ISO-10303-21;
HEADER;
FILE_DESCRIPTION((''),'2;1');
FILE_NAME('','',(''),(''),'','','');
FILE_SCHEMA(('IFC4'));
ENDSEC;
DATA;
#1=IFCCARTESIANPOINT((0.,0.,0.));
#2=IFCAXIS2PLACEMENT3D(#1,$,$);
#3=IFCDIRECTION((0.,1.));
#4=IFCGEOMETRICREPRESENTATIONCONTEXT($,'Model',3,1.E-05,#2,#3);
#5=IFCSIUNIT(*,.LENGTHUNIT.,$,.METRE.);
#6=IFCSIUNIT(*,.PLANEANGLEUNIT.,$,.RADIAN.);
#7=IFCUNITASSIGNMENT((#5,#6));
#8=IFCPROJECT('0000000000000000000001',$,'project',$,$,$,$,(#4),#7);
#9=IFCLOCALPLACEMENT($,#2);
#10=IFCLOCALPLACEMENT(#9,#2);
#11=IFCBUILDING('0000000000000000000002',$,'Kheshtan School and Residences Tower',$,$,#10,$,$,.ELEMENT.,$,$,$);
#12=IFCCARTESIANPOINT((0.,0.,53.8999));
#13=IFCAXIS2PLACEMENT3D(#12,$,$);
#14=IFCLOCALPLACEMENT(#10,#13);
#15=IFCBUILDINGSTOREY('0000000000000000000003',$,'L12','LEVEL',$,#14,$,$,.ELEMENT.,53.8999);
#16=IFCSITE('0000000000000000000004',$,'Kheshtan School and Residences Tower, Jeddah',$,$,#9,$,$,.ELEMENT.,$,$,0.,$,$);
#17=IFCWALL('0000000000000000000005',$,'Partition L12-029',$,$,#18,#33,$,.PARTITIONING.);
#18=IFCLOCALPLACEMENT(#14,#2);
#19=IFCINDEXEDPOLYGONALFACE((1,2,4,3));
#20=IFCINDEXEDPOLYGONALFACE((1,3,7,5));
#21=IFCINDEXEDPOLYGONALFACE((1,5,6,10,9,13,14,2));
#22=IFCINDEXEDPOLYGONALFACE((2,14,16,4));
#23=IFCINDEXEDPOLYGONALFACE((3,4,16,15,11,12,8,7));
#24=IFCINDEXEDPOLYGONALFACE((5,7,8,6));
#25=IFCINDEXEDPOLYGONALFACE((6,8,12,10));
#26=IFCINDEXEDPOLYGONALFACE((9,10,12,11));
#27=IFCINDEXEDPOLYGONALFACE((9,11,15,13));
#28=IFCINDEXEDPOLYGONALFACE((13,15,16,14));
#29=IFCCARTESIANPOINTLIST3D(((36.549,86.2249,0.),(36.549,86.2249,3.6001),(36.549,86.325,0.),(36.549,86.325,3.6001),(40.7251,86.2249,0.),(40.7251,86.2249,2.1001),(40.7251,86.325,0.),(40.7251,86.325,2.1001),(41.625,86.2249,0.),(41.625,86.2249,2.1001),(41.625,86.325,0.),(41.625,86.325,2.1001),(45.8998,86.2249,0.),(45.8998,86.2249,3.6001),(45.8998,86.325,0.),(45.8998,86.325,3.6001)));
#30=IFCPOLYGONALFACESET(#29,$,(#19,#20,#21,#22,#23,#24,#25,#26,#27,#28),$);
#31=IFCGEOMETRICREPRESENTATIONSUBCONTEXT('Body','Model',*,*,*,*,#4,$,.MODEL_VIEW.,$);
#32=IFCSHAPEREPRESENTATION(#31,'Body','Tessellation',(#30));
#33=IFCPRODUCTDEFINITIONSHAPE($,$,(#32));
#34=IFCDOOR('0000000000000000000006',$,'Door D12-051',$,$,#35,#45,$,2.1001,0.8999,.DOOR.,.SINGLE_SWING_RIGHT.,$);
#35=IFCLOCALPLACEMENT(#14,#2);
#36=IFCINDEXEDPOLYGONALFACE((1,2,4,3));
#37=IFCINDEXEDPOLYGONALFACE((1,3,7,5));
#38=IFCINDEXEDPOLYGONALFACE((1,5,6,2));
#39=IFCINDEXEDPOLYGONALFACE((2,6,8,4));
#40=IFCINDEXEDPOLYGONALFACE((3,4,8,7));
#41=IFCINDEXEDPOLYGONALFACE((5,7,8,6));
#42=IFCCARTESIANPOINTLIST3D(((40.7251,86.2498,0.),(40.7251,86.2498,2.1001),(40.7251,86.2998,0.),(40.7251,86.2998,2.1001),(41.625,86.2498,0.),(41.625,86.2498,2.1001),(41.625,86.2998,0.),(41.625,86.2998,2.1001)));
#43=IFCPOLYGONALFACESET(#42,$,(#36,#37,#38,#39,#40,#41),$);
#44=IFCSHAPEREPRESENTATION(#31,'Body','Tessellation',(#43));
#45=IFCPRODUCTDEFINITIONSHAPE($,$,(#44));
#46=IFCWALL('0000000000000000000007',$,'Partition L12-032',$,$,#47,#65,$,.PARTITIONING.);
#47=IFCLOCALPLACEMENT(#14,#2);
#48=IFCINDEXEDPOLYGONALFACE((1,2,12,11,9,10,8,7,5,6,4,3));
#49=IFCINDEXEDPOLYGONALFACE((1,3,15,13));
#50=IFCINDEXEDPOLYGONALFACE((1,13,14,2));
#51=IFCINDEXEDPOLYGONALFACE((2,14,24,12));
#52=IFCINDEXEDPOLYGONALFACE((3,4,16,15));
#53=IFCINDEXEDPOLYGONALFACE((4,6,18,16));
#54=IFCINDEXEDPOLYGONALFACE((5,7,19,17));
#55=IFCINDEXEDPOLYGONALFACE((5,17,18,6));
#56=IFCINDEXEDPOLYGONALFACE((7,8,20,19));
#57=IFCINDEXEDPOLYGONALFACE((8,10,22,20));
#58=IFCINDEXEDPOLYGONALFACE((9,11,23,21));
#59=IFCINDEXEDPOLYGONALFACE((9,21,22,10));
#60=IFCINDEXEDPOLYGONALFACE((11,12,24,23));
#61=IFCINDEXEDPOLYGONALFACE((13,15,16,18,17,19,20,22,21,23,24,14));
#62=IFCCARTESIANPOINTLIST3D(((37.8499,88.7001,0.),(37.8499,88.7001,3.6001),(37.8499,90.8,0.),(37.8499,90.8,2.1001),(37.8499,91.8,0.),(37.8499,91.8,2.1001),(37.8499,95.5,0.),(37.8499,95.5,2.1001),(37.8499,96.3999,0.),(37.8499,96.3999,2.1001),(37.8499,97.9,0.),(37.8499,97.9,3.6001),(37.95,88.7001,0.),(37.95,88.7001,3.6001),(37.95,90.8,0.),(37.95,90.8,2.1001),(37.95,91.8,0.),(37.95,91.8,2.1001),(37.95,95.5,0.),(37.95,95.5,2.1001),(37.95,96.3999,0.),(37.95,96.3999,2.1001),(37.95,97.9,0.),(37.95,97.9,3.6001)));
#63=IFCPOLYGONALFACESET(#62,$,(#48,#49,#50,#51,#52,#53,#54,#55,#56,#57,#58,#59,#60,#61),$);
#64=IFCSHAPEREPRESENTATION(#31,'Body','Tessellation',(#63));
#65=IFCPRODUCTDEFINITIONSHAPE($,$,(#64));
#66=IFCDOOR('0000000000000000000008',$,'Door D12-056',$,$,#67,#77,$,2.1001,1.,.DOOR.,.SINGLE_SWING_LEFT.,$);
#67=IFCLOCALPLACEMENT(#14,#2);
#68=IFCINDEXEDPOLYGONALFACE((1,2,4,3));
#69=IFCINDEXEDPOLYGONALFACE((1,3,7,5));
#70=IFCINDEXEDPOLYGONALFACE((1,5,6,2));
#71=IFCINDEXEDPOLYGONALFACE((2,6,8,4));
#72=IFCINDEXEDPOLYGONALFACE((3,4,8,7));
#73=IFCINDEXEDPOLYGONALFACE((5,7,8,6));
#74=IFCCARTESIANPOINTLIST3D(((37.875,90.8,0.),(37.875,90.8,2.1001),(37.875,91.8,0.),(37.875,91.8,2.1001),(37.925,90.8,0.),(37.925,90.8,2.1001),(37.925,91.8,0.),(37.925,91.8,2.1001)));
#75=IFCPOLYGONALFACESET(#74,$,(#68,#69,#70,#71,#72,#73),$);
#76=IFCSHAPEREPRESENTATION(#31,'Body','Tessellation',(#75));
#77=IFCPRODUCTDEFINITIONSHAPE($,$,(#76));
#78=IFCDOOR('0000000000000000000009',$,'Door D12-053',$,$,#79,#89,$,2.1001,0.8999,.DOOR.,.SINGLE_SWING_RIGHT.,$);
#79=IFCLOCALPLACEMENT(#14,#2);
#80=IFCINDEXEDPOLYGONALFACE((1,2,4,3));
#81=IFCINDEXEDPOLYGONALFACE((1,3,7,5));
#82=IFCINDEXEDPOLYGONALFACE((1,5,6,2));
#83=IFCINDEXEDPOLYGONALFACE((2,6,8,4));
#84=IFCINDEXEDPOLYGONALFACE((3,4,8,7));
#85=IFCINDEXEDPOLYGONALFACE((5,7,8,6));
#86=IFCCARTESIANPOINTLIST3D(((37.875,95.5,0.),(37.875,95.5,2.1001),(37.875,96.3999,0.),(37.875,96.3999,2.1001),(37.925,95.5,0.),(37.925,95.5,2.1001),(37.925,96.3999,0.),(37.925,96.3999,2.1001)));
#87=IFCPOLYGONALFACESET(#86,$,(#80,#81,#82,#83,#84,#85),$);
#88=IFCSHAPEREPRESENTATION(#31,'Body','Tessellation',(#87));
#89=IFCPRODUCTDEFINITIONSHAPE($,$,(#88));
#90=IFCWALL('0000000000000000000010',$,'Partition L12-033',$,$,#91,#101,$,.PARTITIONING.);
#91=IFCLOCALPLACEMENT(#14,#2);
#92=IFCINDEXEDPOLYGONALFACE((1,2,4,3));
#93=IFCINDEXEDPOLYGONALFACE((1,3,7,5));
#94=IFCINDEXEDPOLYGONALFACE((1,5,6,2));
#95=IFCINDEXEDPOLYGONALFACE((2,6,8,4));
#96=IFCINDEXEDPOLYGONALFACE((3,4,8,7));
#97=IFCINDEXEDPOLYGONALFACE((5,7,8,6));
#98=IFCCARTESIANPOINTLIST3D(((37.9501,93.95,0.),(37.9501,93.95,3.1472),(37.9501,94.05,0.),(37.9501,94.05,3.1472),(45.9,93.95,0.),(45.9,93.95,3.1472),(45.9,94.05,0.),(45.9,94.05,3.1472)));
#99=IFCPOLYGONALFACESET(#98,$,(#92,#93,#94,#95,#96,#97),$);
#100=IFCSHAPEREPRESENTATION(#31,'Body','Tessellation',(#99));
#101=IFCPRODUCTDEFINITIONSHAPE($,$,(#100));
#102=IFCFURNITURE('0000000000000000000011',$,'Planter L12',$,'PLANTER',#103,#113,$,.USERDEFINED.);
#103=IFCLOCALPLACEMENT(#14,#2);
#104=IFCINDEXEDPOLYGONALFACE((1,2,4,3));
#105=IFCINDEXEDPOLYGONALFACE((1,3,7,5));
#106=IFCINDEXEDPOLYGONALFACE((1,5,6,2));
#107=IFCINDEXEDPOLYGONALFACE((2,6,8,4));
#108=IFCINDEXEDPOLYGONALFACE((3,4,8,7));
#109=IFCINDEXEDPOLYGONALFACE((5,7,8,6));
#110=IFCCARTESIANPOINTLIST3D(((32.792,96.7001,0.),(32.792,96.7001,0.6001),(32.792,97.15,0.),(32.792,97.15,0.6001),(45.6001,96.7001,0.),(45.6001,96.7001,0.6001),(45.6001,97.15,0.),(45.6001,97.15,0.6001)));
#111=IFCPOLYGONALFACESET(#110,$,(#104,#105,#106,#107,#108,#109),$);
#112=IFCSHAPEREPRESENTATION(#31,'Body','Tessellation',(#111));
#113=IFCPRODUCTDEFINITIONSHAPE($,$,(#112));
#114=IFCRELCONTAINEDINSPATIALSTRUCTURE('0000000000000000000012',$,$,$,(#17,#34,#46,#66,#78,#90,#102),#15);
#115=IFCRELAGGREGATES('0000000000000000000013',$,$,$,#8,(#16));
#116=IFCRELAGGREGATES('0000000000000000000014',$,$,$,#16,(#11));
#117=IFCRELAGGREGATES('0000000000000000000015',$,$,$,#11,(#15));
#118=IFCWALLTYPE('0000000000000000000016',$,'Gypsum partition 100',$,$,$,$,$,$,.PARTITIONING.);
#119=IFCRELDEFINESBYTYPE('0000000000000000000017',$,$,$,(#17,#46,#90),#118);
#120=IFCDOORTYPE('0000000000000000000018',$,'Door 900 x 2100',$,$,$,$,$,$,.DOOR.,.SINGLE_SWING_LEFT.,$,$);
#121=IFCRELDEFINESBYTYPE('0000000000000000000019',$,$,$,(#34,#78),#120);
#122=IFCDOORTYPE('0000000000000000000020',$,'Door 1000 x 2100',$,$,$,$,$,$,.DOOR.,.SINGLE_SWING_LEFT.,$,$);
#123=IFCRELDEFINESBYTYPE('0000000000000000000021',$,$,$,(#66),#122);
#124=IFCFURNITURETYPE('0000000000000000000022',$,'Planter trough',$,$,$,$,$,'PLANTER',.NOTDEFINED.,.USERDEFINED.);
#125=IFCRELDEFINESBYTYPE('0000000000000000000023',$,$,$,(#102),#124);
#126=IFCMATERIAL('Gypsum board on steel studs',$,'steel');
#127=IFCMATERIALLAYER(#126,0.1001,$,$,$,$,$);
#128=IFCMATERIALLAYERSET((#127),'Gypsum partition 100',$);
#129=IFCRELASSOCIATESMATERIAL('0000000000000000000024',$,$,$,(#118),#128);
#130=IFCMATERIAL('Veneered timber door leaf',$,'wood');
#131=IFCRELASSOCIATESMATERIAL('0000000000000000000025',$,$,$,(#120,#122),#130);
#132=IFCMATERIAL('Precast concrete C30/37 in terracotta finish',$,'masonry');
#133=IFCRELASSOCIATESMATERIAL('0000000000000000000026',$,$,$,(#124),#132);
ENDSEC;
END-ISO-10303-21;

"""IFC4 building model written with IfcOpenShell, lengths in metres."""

from ifc_helpers import new_model, si_unit, direction, frame, frame_2d, origin, origin_2d, place, context, subcontext, project, spatial, rectangle, extrude, source, transform, mapped, material, layer, layer_set, type_object, element, fill, save


model = new_model("IFC4")

# Units and contexts
model_context = context("Model", 3, precision=1e-05, world=origin(), true_north=direction((0.0, 1.0)))
body_context = subcontext(model_context, "Body", "Model", "MODEL_VIEW")
ifc_project = project(units=[si_unit("LENGTHUNIT", "METRE"), si_unit("PLANEANGLEUNIT", "RADIAN")], contexts=[model_context])

# Site, building, storey
site_placement = place(None, origin())
site = spatial("IfcSite", under=ifc_project, at=site_placement, Name="Kheshtan School and Residences Tower, Jeddah", CompositionType="ELEMENT", RefElevation=0.0)
building_placement = place(site_placement, origin())
building = spatial("IfcBuilding", under=site, at=building_placement, Name="Kheshtan School and Residences Tower", CompositionType="ELEMENT")
storey_placement = place(building_placement, frame((0.0, 0.0, 53.8999)))
storey = spatial("IfcBuildingStorey", under=building, at=storey_placement, Name="L12", Description="LEVEL", CompositionType="ELEMENT", Elevation=53.8999)

# Wall, opening, door
ifc_material_1 = material(Name="Gypsum board on steel studs", Category="steel")
ifc_layer_1 = layer(ifc_material_1, 0.1001)
ifc_layer_set_1 = layer_set([ifc_layer_1], Name="Gypsum partition 100")
wall_type_1 = type_object("IfcWallType", Name="Gypsum partition 100", PredefinedType="PARTITIONING", material=ifc_layer_set_1)
wall_1_placement = place(storey_placement, frame((36.5491, 86.2749, 0.0), z_axis=(0.0, 0.0, 1.0), x_axis=(1.0, 0.0, 0.0)))
wall_1 = element("IfcWall", 1, at=wall_1_placement, inside=storey, type_object=wall_type_1, Name="Partition L12-029", PredefinedType="PARTITIONING", context=body_context, shape_type="SweptSolid", body=[
    extrude(rectangle(XDim=9.3508, YDim=0.1001, at=frame_2d((4.6753, 0.0))), origin(), (0.0, 0.0, 1.0), 3.6001),
])
opening_1_placement = place(wall_1_placement, frame((4.176, 0.0, 0.0)))
opening_1 = element("IfcOpeningElement", 2, at=opening_1_placement, cuts=wall_1, PredefinedType="OPENING", context=body_context, shape_type="SweptSolid", body=[
    extrude(rectangle(XDim=0.8999, YDim=2.1001, at=frame_2d((0.45, 1.05))), frame((0.0, 0.0601, 0.0), z_axis=(0.0, -1.0, 0.0), x_axis=(1.0, 0.0, 0.0)), (0.0, 0.0, 1.0), 0.1201),
])
ifc_material_2 = material(Name="Veneered timber door leaf", Category="wood")
door_type_1 = type_object("IfcDoorType", Name="Door 900 x 2100", OperationType="SINGLE_SWING_LEFT", PredefinedType="DOOR", material=ifc_material_2)
shared_shape_1 = source(origin(), body_context, "Body", "SweptSolid", [
    extrude(rectangle(XDim=0.8999, YDim=2.1001, at=frame_2d((0.45, 1.05))), frame((0.0, 0.0249, 0.0), z_axis=(0.0, -1.0, 0.0), x_axis=(1.0, 0.0, 0.0)), (0.0, 0.0, 1.0), 0.05),
])
door_1_placement = place(opening_1_placement, origin())
door_1 = element("IfcDoor", 3, at=door_1_placement, inside=storey, type_object=door_type_1, Name="Door D12-051", OperationType="SINGLE_SWING_RIGHT", OverallHeight=2.1001, OverallWidth=0.8999, PredefinedType="DOOR", context=body_context, shape_type="MappedRepresentation", body=[
    mapped(shared_shape_1, transform((0.0, 0.0, 0.0), x_axis=(1.0, 0.0, 0.0), y_axis=(0.0, 1.0, 0.0), z_axis=(0.0, 0.0, 1.0), scale=1.0)),
])
fill(opening_1, door_1)

# Wall, openings, doors
wall_2_placement = place(storey_placement, frame((37.8999, 88.7, 0.0), z_axis=(0.0, 0.0, 1.0), x_axis=(0.0, 1.0, 0.0)))
wall_2 = element("IfcWall", 4, at=wall_2_placement, inside=storey, type_object=wall_type_1, Name="Partition L12-032", PredefinedType="PARTITIONING", context=body_context, shape_type="SweptSolid", body=[
    extrude(rectangle(XDim=9.2, YDim=0.1001, at=frame_2d((4.6001, 0.0))), origin(), (0.0, 0.0, 1.0), 3.6001),
])
opening_2_placement = place(wall_2_placement, frame((6.8, 0.0, 0.0)))
opening_2 = element("IfcOpeningElement", 5, at=opening_2_placement, cuts=wall_2, PredefinedType="OPENING", context=body_context, shape_type="SweptSolid", body=[
    extrude(rectangle(XDim=0.8999, YDim=2.1001, at=frame_2d((0.45, 1.05))), frame((0.0, 0.0601, 0.0), z_axis=(0.0, -1.0, 0.0), x_axis=(1.0, 0.0, 0.0)), (0.0, 0.0, 1.0), 0.1201),
])
opening_3_placement = place(wall_2_placement, frame((2.1001, 0.0, 0.0)))
opening_3 = element("IfcOpeningElement", 6, at=opening_3_placement, cuts=wall_2, PredefinedType="OPENING", context=body_context, shape_type="SweptSolid", body=[
    extrude(rectangle(XDim=1.0, YDim=2.1001, at=frame_2d((0.5, 1.05))), frame((0.0, 0.0601, 0.0), z_axis=(0.0, -1.0, 0.0), x_axis=(1.0, 0.0, 0.0)), (0.0, 0.0, 1.0), 0.1201),
])
door_type_2 = type_object("IfcDoorType", Name="Door 1000 x 2100", OperationType="SINGLE_SWING_LEFT", PredefinedType="DOOR", material=ifc_material_2)
shared_shape_2 = source(origin(), body_context, "Body", "SweptSolid", [
    extrude(rectangle(XDim=1.0, YDim=2.1001, at=frame_2d((0.5, 1.05))), frame((0.0, 0.0249, 0.0), z_axis=(0.0, -1.0, 0.0), x_axis=(1.0, 0.0, 0.0)), (0.0, 0.0, 1.0), 0.05),
])
door_2_placement = place(opening_3_placement, origin())
door_2 = element("IfcDoor", 7, at=door_2_placement, inside=storey, type_object=door_type_2, Name="Door D12-056", OperationType="SINGLE_SWING_LEFT", OverallHeight=2.1001, OverallWidth=1.0, PredefinedType="DOOR", context=body_context, shape_type="MappedRepresentation", body=[
    mapped(shared_shape_2, transform((0.0, 0.0, 0.0), x_axis=(1.0, 0.0, 0.0), y_axis=(0.0, 1.0, 0.0), z_axis=(0.0, 0.0, 1.0), scale=1.0)),
])
fill(opening_3, door_2)
door_3_placement = place(opening_2_placement, origin())
door_3 = element("IfcDoor", 8, at=door_3_placement, inside=storey, type_object=door_type_1, Name="Door D12-053", OperationType="SINGLE_SWING_RIGHT", OverallHeight=2.1001, OverallWidth=0.8999, PredefinedType="DOOR", context=body_context, shape_type="MappedRepresentation", body=[
    mapped(shared_shape_1, transform((0.0, 0.0, 0.0), x_axis=(1.0, 0.0, 0.0), y_axis=(0.0, 1.0, 0.0), z_axis=(0.0, 0.0, 1.0), scale=1.0)),
])
fill(opening_2, door_3)

# Wall
wall_3_placement = place(storey_placement, frame((37.95, 94.0, 0.0), z_axis=(0.0, 0.0, 1.0), x_axis=(1.0, 0.0, 0.0)))
element("IfcWall", 9, at=wall_3_placement, inside=storey, type_object=wall_type_1, Name="Partition L12-033", PredefinedType="PARTITIONING", context=body_context, shape_type="SweptSolid", body=[
    extrude(rectangle(XDim=7.95, YDim=0.1001, at=frame_2d((3.9751, 0.0))), origin(), (0.0, 0.0, 1.0), 3.1472),
])

# Furniture
ifc_material_3 = material(Name="Precast concrete C30/37 in terracotta finish", Category="masonry")
furniture_type = type_object("IfcFurnitureType", Name="Planter trough", ElementType="PLANTER", AssemblyPlace="NOTDEFINED", PredefinedType="USERDEFINED", material=ifc_material_3)
furniture_placement = place(storey_placement, frame((39.196, 96.925, 0.0), z_axis=(0.0, 0.0, 1.0), x_axis=(1.0, 0.0, 0.0)))
element("IfcFurniture", 10, at=furniture_placement, inside=storey, type_object=furniture_type, Name="Planter L12", ObjectType="PLANTER", PredefinedType="USERDEFINED", context=body_context, shape_type="SweptSolid", body=[
    extrude(rectangle(XDim=12.8081, YDim=0.45, at=origin_2d()), origin(), (0.0, 0.0, 1.0), 0.6001),
])

save(model, "model.ifc")
